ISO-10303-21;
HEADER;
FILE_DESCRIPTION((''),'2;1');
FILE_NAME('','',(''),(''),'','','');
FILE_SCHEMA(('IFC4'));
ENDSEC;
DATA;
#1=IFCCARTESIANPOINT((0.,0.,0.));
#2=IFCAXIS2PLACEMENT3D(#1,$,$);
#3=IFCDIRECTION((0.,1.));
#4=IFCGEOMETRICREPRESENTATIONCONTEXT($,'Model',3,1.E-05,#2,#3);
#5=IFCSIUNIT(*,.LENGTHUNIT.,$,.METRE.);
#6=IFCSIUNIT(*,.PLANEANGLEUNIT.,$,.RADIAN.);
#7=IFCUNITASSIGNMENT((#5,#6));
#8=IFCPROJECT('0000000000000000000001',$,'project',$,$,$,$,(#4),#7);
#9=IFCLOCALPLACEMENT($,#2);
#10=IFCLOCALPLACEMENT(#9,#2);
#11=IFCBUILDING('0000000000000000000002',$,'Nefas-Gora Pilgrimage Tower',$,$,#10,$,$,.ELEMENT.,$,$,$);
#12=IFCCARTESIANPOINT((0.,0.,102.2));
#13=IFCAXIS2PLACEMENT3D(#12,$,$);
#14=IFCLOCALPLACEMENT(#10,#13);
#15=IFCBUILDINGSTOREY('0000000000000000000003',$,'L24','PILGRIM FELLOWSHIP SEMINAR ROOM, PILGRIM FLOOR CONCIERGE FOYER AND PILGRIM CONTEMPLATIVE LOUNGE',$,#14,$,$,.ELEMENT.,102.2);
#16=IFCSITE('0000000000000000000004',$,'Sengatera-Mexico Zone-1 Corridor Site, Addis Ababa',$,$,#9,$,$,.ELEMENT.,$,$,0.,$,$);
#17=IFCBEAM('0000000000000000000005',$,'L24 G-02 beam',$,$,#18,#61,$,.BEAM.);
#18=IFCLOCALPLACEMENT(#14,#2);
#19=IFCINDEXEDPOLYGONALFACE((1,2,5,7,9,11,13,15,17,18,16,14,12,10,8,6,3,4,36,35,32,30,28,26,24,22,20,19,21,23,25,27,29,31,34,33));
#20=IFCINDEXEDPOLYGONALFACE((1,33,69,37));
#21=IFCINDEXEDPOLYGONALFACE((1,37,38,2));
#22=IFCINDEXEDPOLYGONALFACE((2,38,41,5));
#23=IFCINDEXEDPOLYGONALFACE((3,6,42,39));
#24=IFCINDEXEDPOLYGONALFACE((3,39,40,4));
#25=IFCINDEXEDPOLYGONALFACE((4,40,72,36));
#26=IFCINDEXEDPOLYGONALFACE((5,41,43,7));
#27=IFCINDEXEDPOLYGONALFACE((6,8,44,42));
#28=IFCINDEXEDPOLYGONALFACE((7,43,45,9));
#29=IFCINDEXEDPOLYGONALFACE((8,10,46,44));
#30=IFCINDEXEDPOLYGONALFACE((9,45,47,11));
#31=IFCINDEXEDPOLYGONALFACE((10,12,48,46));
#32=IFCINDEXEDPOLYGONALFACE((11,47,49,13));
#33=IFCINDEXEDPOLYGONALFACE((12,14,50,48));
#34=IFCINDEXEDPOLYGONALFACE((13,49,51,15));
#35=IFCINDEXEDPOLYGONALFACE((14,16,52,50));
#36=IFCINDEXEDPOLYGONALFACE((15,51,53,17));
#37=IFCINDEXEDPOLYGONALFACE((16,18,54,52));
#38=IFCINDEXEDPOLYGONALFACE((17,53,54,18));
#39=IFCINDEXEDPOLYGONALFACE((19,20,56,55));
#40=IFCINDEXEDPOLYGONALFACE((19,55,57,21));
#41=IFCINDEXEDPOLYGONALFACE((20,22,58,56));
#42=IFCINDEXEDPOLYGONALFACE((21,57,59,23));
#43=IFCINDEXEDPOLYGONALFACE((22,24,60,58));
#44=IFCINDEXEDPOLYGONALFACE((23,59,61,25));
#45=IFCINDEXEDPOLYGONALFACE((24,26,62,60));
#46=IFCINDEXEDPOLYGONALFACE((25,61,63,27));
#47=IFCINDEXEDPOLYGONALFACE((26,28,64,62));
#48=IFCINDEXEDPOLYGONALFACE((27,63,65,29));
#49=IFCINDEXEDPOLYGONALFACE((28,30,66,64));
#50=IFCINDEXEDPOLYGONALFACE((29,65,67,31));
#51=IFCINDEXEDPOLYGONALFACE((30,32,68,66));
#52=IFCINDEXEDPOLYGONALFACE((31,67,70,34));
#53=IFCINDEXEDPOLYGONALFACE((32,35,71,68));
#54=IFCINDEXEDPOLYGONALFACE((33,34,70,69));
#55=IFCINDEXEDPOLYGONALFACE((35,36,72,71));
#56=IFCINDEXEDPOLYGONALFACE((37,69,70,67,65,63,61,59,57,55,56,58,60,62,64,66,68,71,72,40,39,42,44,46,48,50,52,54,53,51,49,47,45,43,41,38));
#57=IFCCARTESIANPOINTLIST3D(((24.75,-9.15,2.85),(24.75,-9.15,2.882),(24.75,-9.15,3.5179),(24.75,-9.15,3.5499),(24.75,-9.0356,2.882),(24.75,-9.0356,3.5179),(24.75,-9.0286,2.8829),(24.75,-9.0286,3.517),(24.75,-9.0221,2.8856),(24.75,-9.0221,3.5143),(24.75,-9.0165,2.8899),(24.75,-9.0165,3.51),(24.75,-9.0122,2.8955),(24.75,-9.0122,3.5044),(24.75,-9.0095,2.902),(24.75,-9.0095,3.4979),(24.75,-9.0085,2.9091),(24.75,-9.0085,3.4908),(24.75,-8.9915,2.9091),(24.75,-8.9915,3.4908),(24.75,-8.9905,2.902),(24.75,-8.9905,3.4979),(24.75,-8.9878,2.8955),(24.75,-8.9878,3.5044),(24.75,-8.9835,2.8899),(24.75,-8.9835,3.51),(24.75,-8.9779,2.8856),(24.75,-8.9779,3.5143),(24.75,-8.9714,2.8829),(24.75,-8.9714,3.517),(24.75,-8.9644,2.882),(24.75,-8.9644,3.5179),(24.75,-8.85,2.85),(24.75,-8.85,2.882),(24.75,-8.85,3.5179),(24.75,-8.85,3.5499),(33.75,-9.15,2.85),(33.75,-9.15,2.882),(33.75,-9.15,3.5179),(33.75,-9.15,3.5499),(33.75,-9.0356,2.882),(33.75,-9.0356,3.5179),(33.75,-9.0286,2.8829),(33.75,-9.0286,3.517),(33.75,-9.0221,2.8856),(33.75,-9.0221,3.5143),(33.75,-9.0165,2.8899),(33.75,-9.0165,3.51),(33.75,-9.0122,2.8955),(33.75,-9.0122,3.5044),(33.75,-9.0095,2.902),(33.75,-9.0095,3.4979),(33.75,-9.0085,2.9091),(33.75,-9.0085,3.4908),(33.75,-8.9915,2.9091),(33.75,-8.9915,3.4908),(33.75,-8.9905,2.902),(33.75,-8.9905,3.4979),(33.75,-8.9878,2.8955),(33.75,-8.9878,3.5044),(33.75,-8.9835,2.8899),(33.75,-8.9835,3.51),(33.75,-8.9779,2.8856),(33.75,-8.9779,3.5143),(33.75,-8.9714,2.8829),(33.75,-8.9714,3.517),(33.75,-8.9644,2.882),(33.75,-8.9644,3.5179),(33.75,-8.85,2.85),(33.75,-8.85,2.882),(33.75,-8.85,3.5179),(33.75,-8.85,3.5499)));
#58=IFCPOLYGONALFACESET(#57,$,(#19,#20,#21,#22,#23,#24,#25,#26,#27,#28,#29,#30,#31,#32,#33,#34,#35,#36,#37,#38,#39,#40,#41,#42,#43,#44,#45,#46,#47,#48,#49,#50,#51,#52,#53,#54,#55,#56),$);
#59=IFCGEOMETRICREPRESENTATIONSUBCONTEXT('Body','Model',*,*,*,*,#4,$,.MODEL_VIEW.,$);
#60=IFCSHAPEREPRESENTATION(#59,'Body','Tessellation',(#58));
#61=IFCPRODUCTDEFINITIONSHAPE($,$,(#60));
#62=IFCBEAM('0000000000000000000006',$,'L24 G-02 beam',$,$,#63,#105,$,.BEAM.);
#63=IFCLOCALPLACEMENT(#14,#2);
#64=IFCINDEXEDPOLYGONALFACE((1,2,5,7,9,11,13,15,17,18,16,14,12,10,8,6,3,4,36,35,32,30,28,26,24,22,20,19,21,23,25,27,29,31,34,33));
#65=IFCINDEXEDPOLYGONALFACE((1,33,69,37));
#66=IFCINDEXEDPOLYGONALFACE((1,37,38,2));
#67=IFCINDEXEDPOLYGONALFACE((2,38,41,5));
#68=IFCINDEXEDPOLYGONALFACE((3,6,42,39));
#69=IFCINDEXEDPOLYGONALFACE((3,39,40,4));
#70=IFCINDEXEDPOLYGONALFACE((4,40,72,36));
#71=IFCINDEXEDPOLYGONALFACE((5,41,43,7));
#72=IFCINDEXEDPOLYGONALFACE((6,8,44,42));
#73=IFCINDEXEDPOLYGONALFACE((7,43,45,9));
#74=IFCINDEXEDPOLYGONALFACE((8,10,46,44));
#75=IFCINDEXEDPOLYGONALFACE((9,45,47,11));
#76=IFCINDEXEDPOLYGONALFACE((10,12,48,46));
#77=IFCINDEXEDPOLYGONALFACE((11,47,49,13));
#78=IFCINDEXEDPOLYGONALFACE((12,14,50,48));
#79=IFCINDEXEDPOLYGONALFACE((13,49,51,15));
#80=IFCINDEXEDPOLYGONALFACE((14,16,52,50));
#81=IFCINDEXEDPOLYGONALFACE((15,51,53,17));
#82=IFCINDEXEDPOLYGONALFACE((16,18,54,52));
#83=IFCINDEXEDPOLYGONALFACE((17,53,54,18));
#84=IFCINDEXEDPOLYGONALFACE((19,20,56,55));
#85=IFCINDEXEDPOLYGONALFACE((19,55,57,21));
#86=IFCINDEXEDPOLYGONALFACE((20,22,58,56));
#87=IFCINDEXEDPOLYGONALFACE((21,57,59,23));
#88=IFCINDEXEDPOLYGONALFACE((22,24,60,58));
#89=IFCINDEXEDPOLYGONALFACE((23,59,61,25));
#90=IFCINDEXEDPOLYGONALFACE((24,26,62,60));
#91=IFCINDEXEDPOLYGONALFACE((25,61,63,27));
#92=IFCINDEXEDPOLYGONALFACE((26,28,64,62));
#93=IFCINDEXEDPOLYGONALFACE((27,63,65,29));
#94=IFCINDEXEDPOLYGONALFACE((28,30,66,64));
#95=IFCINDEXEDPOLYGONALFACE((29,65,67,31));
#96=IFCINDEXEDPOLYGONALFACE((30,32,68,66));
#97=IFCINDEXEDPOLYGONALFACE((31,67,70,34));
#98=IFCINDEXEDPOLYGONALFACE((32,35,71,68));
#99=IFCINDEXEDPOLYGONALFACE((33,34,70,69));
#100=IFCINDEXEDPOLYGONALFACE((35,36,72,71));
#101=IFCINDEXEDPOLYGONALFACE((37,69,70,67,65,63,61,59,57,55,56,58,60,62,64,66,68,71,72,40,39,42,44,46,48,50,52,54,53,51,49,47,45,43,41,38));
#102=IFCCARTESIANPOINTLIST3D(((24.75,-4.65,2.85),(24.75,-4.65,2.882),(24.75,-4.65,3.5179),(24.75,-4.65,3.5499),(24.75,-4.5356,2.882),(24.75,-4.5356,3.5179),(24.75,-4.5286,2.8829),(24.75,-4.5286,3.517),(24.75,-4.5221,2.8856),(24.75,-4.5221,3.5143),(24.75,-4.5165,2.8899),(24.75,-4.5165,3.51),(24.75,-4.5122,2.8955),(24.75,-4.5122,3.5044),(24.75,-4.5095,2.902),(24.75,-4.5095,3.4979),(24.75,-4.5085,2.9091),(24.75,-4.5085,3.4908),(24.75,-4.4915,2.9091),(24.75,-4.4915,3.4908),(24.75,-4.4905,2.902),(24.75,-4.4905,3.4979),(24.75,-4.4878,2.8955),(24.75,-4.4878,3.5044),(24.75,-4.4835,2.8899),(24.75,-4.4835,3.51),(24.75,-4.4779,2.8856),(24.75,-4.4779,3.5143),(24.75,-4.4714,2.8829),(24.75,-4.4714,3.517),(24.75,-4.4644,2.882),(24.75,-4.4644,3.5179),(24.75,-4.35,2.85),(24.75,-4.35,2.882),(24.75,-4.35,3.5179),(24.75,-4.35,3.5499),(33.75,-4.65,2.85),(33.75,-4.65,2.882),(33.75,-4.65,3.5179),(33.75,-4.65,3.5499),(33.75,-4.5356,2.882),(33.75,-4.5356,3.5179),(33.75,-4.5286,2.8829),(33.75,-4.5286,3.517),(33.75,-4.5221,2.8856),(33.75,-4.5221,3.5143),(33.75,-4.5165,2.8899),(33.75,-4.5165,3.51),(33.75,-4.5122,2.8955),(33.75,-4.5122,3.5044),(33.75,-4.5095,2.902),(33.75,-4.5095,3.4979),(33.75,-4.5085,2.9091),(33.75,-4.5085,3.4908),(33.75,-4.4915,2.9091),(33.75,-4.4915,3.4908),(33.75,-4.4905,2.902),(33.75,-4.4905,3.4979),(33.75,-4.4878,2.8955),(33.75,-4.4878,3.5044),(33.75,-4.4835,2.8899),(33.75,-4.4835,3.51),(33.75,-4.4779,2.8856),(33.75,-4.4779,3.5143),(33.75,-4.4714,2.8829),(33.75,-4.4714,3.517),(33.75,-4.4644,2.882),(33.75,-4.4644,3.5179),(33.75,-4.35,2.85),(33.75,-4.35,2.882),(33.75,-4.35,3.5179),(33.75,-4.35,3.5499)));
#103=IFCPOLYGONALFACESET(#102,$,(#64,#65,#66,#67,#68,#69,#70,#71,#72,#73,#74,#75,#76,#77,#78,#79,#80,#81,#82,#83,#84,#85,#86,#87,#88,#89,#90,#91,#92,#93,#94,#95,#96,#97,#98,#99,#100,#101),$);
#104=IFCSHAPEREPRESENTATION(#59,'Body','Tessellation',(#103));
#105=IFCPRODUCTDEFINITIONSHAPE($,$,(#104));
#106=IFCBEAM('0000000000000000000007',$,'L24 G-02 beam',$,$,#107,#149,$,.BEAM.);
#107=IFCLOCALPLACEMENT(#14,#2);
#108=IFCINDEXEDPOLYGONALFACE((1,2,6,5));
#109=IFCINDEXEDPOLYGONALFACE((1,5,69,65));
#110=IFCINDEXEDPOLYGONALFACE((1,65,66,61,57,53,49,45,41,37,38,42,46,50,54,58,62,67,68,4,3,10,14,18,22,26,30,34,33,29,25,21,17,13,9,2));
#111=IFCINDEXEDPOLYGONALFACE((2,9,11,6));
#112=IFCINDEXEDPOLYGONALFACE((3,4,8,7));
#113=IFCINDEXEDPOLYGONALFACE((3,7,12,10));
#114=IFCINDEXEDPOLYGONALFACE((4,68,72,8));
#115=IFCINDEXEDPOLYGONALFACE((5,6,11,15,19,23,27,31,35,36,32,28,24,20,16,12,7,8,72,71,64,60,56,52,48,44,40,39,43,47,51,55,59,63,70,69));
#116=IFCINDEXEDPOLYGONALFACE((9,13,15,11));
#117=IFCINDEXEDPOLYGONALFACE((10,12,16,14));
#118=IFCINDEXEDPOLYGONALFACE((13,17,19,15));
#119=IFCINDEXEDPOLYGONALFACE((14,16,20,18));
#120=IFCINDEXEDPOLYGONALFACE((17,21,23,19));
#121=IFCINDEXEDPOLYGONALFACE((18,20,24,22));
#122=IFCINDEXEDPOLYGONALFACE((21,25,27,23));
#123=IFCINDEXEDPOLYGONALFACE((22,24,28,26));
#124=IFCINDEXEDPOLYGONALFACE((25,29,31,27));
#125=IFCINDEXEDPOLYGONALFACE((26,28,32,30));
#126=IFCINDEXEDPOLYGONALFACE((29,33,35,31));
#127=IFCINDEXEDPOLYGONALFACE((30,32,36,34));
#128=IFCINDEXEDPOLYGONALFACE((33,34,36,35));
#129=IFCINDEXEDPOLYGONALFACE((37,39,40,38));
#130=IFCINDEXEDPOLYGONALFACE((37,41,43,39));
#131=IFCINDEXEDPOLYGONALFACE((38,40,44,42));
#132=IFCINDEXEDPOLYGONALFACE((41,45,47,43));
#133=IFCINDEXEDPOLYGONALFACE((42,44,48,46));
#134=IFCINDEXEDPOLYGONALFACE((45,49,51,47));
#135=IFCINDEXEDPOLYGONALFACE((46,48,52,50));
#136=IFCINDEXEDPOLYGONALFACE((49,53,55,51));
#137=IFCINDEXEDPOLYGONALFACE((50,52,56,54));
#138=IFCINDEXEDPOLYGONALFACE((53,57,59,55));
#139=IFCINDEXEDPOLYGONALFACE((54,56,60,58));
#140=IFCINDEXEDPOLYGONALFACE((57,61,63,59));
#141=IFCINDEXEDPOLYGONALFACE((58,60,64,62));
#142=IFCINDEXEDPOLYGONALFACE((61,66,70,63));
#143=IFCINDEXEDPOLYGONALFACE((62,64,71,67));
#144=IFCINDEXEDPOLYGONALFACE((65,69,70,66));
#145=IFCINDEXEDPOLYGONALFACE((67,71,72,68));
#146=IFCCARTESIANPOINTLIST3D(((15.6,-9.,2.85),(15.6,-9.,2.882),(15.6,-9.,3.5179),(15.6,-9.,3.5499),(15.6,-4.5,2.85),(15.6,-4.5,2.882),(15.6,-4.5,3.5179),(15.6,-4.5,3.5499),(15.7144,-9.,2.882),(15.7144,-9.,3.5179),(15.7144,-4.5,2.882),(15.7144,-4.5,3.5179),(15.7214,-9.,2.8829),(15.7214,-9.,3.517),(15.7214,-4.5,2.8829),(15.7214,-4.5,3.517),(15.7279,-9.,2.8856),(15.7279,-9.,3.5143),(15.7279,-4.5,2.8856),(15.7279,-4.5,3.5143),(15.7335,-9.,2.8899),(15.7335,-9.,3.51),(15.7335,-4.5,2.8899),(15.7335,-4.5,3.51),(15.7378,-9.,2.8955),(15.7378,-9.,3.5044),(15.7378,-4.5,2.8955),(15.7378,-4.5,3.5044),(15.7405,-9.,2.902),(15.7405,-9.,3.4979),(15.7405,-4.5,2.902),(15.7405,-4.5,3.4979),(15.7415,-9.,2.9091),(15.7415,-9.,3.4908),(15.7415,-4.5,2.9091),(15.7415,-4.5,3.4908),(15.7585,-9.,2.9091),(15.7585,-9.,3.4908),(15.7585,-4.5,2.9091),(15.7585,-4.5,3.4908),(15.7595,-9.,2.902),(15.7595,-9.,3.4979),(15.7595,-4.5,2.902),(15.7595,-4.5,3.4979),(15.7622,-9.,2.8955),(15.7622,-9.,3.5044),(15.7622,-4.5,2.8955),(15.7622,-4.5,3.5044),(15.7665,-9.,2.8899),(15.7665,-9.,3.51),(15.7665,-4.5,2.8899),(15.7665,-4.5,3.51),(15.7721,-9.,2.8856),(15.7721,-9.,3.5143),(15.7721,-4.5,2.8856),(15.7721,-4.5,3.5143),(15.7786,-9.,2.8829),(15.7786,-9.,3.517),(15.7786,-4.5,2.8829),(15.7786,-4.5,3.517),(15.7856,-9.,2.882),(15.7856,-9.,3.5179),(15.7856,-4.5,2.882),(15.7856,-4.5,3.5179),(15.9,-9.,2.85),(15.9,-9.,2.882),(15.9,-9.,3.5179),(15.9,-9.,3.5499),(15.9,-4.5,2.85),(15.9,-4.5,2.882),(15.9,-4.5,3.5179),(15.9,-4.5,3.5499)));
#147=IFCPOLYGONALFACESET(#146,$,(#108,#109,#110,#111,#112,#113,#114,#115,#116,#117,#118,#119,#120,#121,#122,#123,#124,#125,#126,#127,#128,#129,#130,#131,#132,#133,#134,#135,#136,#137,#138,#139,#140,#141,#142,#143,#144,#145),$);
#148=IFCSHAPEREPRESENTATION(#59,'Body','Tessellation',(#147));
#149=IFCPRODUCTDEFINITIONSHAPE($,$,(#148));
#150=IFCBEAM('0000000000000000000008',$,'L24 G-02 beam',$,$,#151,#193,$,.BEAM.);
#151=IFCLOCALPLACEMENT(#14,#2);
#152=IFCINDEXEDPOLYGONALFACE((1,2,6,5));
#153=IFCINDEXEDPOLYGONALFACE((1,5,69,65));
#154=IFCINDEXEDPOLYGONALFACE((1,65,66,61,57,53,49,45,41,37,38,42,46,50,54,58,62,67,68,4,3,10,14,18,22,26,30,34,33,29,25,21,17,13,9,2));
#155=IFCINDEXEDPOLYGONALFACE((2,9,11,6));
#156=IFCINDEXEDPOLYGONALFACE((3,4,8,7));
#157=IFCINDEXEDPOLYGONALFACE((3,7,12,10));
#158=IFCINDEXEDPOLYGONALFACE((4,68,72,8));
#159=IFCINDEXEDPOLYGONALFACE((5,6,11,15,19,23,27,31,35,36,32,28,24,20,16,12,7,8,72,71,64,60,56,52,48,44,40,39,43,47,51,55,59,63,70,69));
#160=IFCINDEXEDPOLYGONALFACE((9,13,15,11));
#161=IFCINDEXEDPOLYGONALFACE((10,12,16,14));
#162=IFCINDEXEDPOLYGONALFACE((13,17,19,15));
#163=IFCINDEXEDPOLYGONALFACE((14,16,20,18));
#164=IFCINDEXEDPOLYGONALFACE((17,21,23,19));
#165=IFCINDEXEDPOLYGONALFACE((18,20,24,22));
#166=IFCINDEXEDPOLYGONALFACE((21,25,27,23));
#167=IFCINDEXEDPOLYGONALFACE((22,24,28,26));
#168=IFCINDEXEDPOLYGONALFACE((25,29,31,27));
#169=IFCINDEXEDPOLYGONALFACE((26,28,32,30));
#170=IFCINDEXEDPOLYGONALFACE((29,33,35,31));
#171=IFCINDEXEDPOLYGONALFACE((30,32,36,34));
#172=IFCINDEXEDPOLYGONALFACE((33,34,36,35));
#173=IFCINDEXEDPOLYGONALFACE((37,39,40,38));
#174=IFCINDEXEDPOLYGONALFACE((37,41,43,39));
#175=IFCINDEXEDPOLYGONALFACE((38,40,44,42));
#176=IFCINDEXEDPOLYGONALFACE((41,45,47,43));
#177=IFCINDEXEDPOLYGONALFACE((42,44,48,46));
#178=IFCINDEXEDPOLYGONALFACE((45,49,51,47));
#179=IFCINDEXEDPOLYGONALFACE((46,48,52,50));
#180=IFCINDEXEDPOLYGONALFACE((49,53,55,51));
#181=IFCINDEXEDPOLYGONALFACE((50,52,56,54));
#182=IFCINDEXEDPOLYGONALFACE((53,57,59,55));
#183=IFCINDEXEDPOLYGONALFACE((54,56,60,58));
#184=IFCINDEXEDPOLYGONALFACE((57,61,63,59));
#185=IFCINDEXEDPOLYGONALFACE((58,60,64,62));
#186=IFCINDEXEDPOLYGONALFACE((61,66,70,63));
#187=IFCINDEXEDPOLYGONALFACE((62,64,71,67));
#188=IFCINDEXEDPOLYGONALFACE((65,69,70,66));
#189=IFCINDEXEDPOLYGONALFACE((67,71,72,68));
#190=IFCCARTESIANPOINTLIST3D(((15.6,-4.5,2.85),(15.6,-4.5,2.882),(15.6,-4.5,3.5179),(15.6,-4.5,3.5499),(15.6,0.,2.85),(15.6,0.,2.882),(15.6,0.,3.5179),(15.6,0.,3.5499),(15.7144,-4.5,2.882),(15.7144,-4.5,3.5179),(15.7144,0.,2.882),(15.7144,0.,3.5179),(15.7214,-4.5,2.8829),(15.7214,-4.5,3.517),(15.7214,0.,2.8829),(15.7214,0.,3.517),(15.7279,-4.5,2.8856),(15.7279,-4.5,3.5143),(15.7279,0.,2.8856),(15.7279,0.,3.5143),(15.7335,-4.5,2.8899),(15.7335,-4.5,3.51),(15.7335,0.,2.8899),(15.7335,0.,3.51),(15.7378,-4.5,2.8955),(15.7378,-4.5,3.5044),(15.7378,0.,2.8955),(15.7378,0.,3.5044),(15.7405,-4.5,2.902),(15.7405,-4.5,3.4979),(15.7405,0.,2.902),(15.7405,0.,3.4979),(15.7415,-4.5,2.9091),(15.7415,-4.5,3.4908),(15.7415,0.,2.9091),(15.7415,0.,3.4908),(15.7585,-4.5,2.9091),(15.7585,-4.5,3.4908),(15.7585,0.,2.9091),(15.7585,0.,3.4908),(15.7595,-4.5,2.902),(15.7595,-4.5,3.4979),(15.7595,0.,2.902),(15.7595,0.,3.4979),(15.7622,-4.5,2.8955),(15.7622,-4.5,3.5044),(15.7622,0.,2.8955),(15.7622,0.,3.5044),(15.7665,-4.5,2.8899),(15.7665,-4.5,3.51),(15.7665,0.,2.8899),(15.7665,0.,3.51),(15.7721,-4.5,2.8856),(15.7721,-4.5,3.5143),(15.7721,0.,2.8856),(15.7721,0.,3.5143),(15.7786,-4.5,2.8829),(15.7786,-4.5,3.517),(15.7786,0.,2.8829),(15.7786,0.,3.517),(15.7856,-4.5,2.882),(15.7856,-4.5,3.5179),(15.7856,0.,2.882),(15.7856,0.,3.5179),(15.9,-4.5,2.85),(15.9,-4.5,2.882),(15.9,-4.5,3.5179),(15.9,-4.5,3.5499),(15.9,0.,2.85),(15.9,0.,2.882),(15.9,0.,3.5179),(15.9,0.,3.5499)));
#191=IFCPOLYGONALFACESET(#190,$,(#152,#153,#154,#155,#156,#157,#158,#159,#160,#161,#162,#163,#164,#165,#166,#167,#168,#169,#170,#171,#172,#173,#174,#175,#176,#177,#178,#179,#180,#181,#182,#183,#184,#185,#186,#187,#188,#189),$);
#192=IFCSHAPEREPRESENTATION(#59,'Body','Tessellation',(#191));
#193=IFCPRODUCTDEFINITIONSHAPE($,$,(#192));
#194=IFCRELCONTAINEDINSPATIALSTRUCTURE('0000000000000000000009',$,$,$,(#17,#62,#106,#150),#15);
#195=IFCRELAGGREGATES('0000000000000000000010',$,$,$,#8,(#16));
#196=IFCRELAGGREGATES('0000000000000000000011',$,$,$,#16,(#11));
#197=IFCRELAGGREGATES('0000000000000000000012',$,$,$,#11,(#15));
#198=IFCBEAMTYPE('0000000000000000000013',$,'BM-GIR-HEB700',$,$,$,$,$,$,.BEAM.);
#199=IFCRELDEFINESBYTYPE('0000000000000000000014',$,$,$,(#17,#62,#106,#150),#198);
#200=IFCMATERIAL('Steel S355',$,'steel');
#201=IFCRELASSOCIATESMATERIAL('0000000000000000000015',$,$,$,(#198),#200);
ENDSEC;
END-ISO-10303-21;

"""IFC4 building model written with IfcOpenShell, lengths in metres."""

from ifc_helpers import new_model, si_unit, direction, frame, origin, origin_2d, place, context, subcontext, project, spatial, i_section, extrude, source, transform, mapped, material, material_profile, profile_set, type_object, element, save


model = new_model("IFC4")

# Units and contexts
model_context = context("Model", 3, precision=1e-05, world=origin(), true_north=direction((0.0, 1.0)))
body_context = subcontext(model_context, "Body", "Model", "MODEL_VIEW")
ifc_project = project(units=[si_unit("LENGTHUNIT", "METRE"), si_unit("PLANEANGLEUNIT", "RADIAN")], contexts=[model_context])

# Site, building, storey
site_placement = place(None, origin())
site = spatial("IfcSite", under=ifc_project, at=site_placement, Name="Sengatera-Mexico Zone-1 Corridor Site, Addis Ababa", CompositionType="ELEMENT", RefElevation=0.0)
building_placement = place(site_placement, origin())
building = spatial("IfcBuilding", under=site, at=building_placement, Name="Nefas-Gora Pilgrimage Tower", CompositionType="ELEMENT")
storey_placement = place(building_placement, frame((0.0, 0.0, 102.2)))
storey = spatial("IfcBuildingStorey", under=building, at=storey_placement, Name="L24", Description="PILGRIM FELLOWSHIP SEMINAR ROOM, PILGRIM FLOOR CONCIERGE FOYER AND PILGRIM CONTEMPLATIVE LOUNGE", CompositionType="ELEMENT", Elevation=102.2)

# Beams
ifc_material_1 = material(Name="Steel S355", Category="steel")
ifc_material_profile_1 = material_profile(ifc_material_1, i_section(OverallWidth=0.3, OverallDepth=0.7, WebThickness=0.0171, FlangeThickness=0.032, FilletRadius=0.0271, at=origin_2d()), Name="HEB 700")
ifc_profile_set_1 = profile_set([ifc_material_profile_1], Name="Steel S355")
beam_type_1 = type_object("IfcBeamType", Name="BM-GIR-HEB700", PredefinedType="BEAM", material=ifc_profile_set_1)
shared_shape_1 = source(origin(), body_context, "Body", "SweptSolid", [
    extrude(i_section(OverallWidth=0.3, OverallDepth=0.7, WebThickness=0.0171, FlangeThickness=0.032, FilletRadius=0.0271, at=origin_2d()), origin(), (0.0, 0.0, 1.0), 9.0),
])
for number, where, z_axis, x_axis, name in (
    (1, (24.75, -9.0, 3.2), (1.0, 0.0, 0.0), (0.0, 1.0, 0.0), "L24 G-02 beam"),
    (2, (24.75, -4.5, 3.2), (1.0, 0.0, 0.0), (0.0, 1.0, 0.0), "L24 G-02 beam"),
):
    element("IfcBeam", number, at=place(storey_placement, frame(where, z_axis=z_axis, x_axis=x_axis)), inside=storey, type_object=beam_type_1, Name=name, PredefinedType="BEAM", context=body_context, shape_type="MappedRepresentation", body=[
        mapped(shared_shape_1, transform((0.0, 0.0, 0.0), x_axis=(1.0, 0.0, 0.0), y_axis=(0.0, 1.0, 0.0), z_axis=(0.0, 0.0, 1.0), scale=1.0)),
    ])
shared_shape_2 = source(origin(), body_context, "Body", "SweptSolid", [
    extrude(i_section(OverallWidth=0.3, OverallDepth=0.7, WebThickness=0.0171, FlangeThickness=0.032, FilletRadius=0.0271, at=origin_2d()), origin(), (0.0, 0.0, 1.0), 4.5),
])
for number, where, z_axis, x_axis, name in (
    (3, (15.75, -9.0, 3.2), (0.0, 1.0, 0.0), (-1.0, 0.0, 0.0), "L24 G-02 beam"),
    (4, (15.75, -4.5, 3.2), (0.0, 1.0, 0.0), (-1.0, 0.0, 0.0), "L24 G-02 beam"),
):
    element("IfcBeam", number, at=place(storey_placement, frame(where, z_axis=z_axis, x_axis=x_axis)), inside=storey, type_object=beam_type_1, Name=name, PredefinedType="BEAM", context=body_context, shape_type="MappedRepresentation", body=[
        mapped(shared_shape_2, transform((0.0, 0.0, 0.0), x_axis=(1.0, 0.0, 0.0), y_axis=(0.0, 1.0, 0.0), z_axis=(0.0, 0.0, 1.0), scale=1.0)),
    ])

save(model, "model.ifc")
